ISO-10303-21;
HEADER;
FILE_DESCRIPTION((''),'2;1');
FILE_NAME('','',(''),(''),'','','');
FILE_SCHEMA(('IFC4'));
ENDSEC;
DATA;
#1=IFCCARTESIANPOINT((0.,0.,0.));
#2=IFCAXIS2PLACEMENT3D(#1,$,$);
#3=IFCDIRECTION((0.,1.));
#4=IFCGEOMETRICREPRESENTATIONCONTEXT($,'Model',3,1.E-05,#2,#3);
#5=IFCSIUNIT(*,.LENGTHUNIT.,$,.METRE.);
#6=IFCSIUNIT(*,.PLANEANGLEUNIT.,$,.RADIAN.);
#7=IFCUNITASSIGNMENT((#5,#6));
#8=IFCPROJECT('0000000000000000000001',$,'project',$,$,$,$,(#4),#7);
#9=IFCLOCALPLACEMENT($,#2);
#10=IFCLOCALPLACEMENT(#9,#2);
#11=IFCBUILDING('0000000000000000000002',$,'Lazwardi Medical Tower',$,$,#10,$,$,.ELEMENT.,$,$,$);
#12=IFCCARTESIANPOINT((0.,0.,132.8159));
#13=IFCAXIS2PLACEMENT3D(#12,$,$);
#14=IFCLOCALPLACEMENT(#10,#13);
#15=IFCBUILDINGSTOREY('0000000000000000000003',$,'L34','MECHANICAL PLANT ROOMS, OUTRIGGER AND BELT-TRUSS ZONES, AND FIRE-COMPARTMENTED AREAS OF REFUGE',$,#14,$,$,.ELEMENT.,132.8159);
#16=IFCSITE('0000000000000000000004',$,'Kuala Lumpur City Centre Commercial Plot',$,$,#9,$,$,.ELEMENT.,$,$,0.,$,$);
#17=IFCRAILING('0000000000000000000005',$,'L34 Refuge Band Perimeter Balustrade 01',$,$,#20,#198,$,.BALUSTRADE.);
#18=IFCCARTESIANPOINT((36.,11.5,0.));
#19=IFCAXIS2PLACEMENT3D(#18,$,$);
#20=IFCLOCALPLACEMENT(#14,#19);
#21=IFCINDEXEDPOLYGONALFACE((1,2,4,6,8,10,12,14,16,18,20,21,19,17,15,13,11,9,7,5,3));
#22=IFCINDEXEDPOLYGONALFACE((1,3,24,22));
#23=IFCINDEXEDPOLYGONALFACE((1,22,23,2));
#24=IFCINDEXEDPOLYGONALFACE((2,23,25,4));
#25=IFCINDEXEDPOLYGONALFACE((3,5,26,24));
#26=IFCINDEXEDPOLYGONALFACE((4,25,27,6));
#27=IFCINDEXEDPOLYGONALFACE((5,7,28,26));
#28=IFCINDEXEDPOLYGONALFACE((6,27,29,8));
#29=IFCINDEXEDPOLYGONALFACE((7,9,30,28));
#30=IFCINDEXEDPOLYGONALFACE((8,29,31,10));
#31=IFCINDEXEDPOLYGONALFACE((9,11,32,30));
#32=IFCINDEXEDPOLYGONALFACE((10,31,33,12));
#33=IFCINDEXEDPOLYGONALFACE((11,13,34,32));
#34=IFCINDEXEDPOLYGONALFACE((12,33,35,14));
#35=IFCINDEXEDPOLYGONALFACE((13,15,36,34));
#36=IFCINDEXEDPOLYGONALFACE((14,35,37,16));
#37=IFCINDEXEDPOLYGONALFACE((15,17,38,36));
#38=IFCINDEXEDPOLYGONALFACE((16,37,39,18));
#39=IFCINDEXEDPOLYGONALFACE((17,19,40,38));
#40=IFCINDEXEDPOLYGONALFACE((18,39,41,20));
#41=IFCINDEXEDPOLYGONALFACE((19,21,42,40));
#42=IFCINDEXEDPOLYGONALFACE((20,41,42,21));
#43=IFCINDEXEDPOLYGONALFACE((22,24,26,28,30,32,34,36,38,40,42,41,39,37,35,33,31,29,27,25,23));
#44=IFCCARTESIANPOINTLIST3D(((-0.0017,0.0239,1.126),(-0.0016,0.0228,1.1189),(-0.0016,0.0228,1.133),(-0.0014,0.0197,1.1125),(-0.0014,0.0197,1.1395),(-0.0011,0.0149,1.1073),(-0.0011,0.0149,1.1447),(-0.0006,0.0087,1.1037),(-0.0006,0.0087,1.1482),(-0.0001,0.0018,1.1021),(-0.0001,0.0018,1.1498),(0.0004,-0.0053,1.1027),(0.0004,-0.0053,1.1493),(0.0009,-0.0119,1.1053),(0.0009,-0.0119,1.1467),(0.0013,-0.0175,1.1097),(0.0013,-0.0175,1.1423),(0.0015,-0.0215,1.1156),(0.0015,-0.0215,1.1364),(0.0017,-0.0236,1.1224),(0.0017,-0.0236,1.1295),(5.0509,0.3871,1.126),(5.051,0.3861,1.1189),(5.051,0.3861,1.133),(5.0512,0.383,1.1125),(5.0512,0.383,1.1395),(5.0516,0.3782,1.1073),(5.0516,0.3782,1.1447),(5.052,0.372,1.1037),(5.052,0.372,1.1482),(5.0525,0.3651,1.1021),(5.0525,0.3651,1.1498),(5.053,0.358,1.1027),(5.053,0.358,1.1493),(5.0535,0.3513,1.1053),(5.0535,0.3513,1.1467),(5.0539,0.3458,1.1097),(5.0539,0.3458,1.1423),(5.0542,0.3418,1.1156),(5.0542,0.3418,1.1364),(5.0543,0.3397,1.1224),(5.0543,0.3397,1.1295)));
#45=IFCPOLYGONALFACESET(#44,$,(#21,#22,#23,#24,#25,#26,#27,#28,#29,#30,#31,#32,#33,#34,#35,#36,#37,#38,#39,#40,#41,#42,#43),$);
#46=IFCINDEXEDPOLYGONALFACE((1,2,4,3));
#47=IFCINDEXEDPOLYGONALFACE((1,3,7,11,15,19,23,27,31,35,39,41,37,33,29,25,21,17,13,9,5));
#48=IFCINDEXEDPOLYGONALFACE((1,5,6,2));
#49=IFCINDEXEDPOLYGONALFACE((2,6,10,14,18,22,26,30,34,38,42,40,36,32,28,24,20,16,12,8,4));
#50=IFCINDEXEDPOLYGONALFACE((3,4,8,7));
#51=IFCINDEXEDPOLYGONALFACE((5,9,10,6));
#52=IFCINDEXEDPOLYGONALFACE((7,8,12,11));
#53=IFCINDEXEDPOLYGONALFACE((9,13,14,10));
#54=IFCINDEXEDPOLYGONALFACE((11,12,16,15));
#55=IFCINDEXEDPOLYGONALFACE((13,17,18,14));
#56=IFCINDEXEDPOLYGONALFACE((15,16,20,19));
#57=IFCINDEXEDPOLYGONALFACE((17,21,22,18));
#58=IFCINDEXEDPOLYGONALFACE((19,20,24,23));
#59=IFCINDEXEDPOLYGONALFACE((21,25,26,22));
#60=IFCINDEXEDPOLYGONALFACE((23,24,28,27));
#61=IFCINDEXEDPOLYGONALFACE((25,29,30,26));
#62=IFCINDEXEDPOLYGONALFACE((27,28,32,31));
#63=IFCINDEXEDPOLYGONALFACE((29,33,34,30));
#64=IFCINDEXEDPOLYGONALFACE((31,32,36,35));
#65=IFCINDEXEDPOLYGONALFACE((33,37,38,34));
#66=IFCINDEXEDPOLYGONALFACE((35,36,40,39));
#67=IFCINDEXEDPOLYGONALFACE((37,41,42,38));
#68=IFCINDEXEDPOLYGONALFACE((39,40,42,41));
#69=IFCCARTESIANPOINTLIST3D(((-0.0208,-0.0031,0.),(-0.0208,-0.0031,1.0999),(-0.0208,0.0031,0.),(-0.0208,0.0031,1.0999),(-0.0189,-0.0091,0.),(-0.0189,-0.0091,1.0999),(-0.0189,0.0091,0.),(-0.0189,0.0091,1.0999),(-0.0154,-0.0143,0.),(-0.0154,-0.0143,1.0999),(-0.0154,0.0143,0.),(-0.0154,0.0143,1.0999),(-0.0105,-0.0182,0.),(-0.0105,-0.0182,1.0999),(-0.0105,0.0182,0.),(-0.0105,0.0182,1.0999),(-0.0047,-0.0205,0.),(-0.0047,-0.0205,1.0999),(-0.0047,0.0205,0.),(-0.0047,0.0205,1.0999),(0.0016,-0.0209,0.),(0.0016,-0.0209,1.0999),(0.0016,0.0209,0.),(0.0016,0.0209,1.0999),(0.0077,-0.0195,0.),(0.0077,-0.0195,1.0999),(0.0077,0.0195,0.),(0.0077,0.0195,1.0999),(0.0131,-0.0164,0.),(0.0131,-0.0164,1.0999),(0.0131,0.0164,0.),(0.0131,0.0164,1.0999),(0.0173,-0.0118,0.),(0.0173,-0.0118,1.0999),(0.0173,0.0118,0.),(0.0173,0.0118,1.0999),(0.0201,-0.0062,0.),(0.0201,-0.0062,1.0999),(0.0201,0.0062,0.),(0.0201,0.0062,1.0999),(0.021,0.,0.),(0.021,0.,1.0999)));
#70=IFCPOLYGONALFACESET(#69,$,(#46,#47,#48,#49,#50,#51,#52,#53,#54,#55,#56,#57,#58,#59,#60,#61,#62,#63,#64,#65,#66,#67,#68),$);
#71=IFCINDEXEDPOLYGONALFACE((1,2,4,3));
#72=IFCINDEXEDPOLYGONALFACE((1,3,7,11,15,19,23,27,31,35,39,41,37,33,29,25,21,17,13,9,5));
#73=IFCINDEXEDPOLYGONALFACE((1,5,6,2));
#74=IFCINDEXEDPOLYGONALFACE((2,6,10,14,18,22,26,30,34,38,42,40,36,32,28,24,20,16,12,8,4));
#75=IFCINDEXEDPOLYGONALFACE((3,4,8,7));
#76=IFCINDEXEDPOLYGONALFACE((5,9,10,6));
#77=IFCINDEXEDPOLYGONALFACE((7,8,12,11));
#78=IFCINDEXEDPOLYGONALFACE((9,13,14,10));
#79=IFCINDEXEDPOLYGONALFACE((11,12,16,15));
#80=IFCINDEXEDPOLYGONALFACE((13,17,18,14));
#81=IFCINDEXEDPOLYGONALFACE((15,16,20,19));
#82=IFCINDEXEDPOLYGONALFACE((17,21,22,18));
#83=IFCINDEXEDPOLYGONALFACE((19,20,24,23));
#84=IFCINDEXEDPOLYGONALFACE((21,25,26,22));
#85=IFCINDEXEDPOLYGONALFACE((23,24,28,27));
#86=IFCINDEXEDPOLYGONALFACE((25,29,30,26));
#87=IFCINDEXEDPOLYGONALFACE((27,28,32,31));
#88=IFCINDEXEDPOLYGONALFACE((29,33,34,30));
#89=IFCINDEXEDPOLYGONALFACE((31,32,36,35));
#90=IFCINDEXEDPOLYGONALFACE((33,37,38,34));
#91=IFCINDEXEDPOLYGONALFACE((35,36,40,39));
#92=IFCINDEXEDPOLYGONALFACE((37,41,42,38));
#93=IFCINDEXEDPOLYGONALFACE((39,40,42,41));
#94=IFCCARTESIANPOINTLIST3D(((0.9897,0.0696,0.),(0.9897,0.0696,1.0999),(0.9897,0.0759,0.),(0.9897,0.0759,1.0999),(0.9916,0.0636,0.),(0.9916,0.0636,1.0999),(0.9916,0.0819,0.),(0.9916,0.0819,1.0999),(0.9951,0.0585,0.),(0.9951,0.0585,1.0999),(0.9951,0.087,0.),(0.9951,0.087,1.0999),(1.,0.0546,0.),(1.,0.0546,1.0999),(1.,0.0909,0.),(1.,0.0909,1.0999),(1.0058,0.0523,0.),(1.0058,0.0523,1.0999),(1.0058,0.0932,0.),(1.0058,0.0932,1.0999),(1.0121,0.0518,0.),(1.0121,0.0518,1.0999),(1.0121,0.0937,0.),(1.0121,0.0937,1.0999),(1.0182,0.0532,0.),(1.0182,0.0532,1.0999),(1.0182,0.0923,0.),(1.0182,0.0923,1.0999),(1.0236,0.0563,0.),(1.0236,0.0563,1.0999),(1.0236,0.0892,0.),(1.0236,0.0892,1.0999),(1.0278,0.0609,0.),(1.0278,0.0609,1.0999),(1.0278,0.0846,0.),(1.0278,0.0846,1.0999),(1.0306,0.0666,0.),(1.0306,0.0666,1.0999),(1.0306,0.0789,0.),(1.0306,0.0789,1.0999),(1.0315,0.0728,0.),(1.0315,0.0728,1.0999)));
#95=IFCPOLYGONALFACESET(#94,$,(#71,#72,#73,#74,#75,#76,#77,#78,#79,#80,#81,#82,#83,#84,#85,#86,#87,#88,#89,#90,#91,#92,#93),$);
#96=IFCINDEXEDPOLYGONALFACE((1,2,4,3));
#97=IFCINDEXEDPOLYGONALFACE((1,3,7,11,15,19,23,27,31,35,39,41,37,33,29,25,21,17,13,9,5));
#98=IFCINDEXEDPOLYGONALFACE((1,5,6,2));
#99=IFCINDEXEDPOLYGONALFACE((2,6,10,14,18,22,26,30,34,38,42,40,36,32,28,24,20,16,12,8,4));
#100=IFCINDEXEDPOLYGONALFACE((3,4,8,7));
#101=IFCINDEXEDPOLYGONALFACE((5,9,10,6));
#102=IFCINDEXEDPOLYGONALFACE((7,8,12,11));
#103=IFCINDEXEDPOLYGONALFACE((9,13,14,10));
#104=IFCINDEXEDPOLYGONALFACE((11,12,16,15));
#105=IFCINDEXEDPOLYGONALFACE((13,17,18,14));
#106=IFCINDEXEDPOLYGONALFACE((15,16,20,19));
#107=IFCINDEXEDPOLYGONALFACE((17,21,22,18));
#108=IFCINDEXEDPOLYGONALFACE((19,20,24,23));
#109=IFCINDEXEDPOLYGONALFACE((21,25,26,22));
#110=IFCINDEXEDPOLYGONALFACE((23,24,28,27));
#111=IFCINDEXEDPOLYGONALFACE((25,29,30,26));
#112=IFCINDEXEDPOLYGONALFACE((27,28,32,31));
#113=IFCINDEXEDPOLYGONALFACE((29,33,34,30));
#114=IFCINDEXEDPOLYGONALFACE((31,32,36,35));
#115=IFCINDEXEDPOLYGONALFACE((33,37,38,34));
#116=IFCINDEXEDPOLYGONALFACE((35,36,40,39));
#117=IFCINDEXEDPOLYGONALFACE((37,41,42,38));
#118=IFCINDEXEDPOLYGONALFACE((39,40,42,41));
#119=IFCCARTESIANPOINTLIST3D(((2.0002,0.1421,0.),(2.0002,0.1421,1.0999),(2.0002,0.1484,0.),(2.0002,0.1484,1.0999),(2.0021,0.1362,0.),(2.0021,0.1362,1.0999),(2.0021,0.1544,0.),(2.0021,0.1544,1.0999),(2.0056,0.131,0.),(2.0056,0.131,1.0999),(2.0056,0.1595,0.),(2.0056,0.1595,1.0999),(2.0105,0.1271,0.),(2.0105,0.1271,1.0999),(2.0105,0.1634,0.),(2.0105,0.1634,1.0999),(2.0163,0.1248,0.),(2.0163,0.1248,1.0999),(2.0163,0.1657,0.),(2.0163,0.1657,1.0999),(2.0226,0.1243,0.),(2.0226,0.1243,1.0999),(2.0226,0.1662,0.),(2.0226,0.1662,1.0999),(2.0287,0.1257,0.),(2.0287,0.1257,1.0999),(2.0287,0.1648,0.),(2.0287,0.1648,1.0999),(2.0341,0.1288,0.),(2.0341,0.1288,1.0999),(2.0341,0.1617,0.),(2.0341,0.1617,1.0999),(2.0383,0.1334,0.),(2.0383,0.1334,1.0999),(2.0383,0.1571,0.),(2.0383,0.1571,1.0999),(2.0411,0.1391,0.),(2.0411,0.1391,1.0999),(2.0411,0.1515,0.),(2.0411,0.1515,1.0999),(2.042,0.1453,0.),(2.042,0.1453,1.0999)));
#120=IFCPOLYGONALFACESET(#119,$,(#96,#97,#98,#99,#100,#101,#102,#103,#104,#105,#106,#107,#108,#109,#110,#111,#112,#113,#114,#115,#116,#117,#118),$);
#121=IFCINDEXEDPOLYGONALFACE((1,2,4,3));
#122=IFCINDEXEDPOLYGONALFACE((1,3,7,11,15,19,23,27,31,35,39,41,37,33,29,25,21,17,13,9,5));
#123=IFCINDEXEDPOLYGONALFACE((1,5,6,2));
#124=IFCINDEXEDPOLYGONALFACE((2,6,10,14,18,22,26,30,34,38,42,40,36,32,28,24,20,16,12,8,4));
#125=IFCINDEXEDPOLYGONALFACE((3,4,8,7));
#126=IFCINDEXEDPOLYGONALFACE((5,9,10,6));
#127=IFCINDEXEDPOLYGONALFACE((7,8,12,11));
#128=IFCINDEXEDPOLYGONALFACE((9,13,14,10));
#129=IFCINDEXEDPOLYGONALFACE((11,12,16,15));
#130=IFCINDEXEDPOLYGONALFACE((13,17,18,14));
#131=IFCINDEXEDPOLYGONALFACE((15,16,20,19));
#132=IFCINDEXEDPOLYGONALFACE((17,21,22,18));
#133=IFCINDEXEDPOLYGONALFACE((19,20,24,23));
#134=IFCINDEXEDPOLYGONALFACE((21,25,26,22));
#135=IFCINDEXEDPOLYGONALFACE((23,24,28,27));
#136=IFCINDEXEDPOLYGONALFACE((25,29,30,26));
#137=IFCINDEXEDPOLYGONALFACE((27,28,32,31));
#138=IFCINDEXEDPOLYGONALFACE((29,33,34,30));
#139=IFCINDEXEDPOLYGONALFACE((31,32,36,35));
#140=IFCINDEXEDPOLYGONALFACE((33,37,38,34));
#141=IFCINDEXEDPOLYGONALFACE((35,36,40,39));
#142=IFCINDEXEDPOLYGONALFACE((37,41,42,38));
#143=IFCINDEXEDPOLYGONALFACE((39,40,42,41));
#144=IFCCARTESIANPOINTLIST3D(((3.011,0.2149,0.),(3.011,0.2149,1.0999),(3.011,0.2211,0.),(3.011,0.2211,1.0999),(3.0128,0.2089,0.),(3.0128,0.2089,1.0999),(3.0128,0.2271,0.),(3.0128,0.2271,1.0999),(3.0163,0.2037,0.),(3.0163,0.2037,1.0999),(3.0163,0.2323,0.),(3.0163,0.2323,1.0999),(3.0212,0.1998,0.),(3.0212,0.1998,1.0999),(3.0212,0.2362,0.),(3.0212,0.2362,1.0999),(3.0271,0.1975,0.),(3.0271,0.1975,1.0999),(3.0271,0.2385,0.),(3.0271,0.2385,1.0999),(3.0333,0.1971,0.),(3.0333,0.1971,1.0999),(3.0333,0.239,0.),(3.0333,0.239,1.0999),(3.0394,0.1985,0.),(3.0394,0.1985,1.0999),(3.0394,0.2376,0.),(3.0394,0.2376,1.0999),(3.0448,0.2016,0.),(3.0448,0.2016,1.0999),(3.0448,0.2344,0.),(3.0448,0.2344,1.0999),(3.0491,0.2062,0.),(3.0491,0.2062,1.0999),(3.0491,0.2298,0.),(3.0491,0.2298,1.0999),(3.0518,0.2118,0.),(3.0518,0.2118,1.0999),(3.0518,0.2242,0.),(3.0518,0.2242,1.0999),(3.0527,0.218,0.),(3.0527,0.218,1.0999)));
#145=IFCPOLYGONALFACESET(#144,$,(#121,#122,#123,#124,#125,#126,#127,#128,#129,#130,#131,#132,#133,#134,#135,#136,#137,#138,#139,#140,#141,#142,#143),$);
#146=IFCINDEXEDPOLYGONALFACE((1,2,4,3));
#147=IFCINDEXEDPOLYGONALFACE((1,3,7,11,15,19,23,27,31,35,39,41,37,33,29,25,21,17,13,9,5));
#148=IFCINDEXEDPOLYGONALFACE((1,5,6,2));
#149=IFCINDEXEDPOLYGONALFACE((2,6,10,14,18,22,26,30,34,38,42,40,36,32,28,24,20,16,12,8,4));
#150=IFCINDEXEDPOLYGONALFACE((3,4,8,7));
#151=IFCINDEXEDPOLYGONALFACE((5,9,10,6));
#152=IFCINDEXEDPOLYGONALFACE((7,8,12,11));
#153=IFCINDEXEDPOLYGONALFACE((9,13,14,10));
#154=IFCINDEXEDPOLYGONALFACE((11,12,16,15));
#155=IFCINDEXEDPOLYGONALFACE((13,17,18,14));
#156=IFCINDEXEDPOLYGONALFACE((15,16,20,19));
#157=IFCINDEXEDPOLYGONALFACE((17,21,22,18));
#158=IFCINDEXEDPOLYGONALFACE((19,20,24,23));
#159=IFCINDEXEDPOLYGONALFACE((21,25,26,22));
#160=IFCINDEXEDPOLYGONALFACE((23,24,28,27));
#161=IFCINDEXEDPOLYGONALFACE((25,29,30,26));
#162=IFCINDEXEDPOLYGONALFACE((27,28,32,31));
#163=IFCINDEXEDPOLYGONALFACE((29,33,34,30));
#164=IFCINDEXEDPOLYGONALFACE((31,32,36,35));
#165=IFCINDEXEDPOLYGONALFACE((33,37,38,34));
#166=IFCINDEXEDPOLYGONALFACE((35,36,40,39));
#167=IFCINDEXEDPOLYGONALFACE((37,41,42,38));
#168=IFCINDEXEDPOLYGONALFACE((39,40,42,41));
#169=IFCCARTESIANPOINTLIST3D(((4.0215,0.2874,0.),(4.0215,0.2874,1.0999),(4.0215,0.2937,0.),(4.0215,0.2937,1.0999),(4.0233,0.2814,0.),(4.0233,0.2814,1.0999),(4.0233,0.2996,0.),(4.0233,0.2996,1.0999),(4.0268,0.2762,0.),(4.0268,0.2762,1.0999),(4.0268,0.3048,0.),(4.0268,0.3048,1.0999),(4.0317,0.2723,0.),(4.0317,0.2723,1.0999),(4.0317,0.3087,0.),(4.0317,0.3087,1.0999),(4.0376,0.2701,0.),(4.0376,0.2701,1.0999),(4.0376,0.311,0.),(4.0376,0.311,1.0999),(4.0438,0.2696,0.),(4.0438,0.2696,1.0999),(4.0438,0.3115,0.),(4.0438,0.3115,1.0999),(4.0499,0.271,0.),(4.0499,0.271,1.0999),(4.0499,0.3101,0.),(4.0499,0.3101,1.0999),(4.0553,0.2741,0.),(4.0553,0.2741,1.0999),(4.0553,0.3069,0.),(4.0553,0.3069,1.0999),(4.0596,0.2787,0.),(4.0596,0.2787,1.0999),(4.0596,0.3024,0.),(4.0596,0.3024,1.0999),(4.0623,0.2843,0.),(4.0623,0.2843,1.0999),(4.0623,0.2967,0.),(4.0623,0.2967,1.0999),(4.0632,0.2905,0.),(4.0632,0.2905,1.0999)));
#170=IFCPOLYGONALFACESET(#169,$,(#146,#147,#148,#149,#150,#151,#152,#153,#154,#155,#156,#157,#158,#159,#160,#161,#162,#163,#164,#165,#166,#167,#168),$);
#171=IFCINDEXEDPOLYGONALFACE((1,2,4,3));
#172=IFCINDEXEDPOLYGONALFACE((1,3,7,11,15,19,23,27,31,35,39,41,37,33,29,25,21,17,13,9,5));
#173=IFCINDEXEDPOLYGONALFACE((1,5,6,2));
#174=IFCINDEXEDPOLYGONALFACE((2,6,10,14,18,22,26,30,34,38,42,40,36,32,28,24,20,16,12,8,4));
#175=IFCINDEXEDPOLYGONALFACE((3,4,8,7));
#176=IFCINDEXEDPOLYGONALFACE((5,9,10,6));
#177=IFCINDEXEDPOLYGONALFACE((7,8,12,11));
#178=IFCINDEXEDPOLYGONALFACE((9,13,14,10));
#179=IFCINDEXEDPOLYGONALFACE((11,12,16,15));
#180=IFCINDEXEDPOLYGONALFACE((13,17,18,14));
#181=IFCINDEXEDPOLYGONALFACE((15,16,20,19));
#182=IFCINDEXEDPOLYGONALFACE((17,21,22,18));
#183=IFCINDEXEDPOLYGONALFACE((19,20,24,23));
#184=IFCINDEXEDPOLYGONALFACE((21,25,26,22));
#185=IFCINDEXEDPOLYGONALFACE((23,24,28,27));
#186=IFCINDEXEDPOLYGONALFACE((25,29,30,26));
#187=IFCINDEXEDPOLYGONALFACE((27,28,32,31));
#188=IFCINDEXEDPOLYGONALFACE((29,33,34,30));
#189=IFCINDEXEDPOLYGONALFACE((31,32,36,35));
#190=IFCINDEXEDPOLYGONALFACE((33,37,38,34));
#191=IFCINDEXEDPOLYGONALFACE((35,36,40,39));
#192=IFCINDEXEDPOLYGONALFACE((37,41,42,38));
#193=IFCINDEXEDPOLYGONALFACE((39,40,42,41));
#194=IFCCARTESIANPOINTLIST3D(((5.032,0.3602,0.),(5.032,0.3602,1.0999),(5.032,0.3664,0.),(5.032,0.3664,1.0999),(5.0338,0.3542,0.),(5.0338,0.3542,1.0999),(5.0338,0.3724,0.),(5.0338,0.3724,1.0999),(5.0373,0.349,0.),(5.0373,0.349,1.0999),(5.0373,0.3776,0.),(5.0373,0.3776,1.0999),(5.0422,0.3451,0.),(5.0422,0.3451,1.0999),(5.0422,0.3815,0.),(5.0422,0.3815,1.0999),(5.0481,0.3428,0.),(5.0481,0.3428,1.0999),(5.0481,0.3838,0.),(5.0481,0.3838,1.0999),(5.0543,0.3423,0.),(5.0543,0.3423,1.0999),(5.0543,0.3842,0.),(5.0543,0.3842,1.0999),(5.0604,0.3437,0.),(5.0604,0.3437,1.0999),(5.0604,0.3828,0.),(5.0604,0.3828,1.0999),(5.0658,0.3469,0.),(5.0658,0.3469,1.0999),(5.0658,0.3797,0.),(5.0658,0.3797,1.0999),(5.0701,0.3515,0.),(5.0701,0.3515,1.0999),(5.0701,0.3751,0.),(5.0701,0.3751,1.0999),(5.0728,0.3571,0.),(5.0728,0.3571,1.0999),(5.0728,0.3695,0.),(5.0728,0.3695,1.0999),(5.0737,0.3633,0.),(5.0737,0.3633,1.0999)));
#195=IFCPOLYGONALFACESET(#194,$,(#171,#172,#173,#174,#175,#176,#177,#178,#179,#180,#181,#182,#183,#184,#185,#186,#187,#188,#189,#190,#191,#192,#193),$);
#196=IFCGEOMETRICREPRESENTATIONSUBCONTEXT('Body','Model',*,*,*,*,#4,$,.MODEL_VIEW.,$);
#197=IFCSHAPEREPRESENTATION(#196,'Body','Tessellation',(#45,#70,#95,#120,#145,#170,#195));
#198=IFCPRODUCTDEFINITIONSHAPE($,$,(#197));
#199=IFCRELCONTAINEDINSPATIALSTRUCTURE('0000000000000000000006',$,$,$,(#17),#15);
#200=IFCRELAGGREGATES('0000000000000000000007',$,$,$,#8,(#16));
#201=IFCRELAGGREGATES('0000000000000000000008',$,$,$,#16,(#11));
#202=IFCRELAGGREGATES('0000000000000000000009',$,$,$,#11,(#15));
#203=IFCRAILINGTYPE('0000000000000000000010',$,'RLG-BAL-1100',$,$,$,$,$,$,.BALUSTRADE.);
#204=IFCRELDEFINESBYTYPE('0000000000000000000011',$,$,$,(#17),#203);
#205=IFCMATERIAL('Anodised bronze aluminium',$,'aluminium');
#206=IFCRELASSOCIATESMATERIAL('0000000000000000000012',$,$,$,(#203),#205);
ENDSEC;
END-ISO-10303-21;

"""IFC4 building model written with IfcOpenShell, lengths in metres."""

from ifc_helpers import new_model, si_unit, direction, frame, origin, origin_2d, place, context, subcontext, project, spatial, circle, extrude, material, type_object, element, save


model = new_model("IFC4")

# Units and contexts
model_context = context("Model", 3, precision=1e-05, world=origin(), true_north=direction((0.0, 1.0)))
body_context = subcontext(model_context, "Body", "Model", "MODEL_VIEW")
ifc_project = project(units=[si_unit("LENGTHUNIT", "METRE"), si_unit("PLANEANGLEUNIT", "RADIAN")], contexts=[model_context])

# Site, building, storey
site_placement = place(None, origin())
site = spatial("IfcSite", under=ifc_project, at=site_placement, Name="Kuala Lumpur City Centre Commercial Plot", CompositionType="ELEMENT", RefElevation=0.0)
building_placement = place(site_placement, origin())
building = spatial("IfcBuilding", under=site, at=building_placement, Name="Lazwardi Medical Tower", CompositionType="ELEMENT")
storey_placement = place(building_placement, frame((0.0, 0.0, 132.8159)))
storey = spatial("IfcBuildingStorey", under=building, at=storey_placement, Name="L34", Description="MECHANICAL PLANT ROOMS, OUTRIGGER AND BELT-TRUSS ZONES, AND FIRE-COMPARTMENTED AREAS OF REFUGE", CompositionType="ELEMENT", Elevation=132.8159)

# Railing
ifc_material_1 = material(Name="Anodised bronze aluminium", Category="aluminium")
railing_type = type_object("IfcRailingType", Name="RLG-BAL-1100", PredefinedType="BALUSTRADE", material=ifc_material_1)
railing_1_placement = place(storey_placement, frame((36.0, 11.5, 0.0)))
element("IfcRailing", 1, at=railing_1_placement, inside=storey, type_object=railing_type, Name="L34 Refuge Band Perimeter Balustrade 01", PredefinedType="BALUSTRADE", context=body_context, shape_type="SweptSolid", body=[
    extrude(circle(Radius=0.0239, at=origin_2d()), frame((0.0, 0.0, 1.126), z_axis=(0.997425, 0.071713, 0.0), x_axis=(-0.071713, 0.997425, 0.0)), (0.0, 0.0, 1.0), 5.0657),
    extrude(circle(Radius=0.021, at=origin_2d()), origin(), (0.0, 0.0, 1.0), 1.0999),
    extrude(circle(Radius=0.021, at=origin_2d()), frame((1.0105, 0.0728, 0.0)), (0.0, 0.0, 1.0), 1.0999),
    extrude(circle(Radius=0.021, at=origin_2d()), frame((2.021, 0.1453, 0.0)), (0.0, 0.0, 1.0), 1.0999),
    extrude(circle(Radius=0.021, at=origin_2d()), frame((3.0317, 0.218, 0.0)), (0.0, 0.0, 1.0), 1.0999),
    extrude(circle(Radius=0.021, at=origin_2d()), frame((4.0422, 0.2905, 0.0)), (0.0, 0.0, 1.0), 1.0999),
    extrude(circle(Radius=0.021, at=origin_2d()), frame((5.0527, 0.3633, 0.0)), (0.0, 0.0, 1.0), 1.0999),
])

save(model, "model.ifc")
